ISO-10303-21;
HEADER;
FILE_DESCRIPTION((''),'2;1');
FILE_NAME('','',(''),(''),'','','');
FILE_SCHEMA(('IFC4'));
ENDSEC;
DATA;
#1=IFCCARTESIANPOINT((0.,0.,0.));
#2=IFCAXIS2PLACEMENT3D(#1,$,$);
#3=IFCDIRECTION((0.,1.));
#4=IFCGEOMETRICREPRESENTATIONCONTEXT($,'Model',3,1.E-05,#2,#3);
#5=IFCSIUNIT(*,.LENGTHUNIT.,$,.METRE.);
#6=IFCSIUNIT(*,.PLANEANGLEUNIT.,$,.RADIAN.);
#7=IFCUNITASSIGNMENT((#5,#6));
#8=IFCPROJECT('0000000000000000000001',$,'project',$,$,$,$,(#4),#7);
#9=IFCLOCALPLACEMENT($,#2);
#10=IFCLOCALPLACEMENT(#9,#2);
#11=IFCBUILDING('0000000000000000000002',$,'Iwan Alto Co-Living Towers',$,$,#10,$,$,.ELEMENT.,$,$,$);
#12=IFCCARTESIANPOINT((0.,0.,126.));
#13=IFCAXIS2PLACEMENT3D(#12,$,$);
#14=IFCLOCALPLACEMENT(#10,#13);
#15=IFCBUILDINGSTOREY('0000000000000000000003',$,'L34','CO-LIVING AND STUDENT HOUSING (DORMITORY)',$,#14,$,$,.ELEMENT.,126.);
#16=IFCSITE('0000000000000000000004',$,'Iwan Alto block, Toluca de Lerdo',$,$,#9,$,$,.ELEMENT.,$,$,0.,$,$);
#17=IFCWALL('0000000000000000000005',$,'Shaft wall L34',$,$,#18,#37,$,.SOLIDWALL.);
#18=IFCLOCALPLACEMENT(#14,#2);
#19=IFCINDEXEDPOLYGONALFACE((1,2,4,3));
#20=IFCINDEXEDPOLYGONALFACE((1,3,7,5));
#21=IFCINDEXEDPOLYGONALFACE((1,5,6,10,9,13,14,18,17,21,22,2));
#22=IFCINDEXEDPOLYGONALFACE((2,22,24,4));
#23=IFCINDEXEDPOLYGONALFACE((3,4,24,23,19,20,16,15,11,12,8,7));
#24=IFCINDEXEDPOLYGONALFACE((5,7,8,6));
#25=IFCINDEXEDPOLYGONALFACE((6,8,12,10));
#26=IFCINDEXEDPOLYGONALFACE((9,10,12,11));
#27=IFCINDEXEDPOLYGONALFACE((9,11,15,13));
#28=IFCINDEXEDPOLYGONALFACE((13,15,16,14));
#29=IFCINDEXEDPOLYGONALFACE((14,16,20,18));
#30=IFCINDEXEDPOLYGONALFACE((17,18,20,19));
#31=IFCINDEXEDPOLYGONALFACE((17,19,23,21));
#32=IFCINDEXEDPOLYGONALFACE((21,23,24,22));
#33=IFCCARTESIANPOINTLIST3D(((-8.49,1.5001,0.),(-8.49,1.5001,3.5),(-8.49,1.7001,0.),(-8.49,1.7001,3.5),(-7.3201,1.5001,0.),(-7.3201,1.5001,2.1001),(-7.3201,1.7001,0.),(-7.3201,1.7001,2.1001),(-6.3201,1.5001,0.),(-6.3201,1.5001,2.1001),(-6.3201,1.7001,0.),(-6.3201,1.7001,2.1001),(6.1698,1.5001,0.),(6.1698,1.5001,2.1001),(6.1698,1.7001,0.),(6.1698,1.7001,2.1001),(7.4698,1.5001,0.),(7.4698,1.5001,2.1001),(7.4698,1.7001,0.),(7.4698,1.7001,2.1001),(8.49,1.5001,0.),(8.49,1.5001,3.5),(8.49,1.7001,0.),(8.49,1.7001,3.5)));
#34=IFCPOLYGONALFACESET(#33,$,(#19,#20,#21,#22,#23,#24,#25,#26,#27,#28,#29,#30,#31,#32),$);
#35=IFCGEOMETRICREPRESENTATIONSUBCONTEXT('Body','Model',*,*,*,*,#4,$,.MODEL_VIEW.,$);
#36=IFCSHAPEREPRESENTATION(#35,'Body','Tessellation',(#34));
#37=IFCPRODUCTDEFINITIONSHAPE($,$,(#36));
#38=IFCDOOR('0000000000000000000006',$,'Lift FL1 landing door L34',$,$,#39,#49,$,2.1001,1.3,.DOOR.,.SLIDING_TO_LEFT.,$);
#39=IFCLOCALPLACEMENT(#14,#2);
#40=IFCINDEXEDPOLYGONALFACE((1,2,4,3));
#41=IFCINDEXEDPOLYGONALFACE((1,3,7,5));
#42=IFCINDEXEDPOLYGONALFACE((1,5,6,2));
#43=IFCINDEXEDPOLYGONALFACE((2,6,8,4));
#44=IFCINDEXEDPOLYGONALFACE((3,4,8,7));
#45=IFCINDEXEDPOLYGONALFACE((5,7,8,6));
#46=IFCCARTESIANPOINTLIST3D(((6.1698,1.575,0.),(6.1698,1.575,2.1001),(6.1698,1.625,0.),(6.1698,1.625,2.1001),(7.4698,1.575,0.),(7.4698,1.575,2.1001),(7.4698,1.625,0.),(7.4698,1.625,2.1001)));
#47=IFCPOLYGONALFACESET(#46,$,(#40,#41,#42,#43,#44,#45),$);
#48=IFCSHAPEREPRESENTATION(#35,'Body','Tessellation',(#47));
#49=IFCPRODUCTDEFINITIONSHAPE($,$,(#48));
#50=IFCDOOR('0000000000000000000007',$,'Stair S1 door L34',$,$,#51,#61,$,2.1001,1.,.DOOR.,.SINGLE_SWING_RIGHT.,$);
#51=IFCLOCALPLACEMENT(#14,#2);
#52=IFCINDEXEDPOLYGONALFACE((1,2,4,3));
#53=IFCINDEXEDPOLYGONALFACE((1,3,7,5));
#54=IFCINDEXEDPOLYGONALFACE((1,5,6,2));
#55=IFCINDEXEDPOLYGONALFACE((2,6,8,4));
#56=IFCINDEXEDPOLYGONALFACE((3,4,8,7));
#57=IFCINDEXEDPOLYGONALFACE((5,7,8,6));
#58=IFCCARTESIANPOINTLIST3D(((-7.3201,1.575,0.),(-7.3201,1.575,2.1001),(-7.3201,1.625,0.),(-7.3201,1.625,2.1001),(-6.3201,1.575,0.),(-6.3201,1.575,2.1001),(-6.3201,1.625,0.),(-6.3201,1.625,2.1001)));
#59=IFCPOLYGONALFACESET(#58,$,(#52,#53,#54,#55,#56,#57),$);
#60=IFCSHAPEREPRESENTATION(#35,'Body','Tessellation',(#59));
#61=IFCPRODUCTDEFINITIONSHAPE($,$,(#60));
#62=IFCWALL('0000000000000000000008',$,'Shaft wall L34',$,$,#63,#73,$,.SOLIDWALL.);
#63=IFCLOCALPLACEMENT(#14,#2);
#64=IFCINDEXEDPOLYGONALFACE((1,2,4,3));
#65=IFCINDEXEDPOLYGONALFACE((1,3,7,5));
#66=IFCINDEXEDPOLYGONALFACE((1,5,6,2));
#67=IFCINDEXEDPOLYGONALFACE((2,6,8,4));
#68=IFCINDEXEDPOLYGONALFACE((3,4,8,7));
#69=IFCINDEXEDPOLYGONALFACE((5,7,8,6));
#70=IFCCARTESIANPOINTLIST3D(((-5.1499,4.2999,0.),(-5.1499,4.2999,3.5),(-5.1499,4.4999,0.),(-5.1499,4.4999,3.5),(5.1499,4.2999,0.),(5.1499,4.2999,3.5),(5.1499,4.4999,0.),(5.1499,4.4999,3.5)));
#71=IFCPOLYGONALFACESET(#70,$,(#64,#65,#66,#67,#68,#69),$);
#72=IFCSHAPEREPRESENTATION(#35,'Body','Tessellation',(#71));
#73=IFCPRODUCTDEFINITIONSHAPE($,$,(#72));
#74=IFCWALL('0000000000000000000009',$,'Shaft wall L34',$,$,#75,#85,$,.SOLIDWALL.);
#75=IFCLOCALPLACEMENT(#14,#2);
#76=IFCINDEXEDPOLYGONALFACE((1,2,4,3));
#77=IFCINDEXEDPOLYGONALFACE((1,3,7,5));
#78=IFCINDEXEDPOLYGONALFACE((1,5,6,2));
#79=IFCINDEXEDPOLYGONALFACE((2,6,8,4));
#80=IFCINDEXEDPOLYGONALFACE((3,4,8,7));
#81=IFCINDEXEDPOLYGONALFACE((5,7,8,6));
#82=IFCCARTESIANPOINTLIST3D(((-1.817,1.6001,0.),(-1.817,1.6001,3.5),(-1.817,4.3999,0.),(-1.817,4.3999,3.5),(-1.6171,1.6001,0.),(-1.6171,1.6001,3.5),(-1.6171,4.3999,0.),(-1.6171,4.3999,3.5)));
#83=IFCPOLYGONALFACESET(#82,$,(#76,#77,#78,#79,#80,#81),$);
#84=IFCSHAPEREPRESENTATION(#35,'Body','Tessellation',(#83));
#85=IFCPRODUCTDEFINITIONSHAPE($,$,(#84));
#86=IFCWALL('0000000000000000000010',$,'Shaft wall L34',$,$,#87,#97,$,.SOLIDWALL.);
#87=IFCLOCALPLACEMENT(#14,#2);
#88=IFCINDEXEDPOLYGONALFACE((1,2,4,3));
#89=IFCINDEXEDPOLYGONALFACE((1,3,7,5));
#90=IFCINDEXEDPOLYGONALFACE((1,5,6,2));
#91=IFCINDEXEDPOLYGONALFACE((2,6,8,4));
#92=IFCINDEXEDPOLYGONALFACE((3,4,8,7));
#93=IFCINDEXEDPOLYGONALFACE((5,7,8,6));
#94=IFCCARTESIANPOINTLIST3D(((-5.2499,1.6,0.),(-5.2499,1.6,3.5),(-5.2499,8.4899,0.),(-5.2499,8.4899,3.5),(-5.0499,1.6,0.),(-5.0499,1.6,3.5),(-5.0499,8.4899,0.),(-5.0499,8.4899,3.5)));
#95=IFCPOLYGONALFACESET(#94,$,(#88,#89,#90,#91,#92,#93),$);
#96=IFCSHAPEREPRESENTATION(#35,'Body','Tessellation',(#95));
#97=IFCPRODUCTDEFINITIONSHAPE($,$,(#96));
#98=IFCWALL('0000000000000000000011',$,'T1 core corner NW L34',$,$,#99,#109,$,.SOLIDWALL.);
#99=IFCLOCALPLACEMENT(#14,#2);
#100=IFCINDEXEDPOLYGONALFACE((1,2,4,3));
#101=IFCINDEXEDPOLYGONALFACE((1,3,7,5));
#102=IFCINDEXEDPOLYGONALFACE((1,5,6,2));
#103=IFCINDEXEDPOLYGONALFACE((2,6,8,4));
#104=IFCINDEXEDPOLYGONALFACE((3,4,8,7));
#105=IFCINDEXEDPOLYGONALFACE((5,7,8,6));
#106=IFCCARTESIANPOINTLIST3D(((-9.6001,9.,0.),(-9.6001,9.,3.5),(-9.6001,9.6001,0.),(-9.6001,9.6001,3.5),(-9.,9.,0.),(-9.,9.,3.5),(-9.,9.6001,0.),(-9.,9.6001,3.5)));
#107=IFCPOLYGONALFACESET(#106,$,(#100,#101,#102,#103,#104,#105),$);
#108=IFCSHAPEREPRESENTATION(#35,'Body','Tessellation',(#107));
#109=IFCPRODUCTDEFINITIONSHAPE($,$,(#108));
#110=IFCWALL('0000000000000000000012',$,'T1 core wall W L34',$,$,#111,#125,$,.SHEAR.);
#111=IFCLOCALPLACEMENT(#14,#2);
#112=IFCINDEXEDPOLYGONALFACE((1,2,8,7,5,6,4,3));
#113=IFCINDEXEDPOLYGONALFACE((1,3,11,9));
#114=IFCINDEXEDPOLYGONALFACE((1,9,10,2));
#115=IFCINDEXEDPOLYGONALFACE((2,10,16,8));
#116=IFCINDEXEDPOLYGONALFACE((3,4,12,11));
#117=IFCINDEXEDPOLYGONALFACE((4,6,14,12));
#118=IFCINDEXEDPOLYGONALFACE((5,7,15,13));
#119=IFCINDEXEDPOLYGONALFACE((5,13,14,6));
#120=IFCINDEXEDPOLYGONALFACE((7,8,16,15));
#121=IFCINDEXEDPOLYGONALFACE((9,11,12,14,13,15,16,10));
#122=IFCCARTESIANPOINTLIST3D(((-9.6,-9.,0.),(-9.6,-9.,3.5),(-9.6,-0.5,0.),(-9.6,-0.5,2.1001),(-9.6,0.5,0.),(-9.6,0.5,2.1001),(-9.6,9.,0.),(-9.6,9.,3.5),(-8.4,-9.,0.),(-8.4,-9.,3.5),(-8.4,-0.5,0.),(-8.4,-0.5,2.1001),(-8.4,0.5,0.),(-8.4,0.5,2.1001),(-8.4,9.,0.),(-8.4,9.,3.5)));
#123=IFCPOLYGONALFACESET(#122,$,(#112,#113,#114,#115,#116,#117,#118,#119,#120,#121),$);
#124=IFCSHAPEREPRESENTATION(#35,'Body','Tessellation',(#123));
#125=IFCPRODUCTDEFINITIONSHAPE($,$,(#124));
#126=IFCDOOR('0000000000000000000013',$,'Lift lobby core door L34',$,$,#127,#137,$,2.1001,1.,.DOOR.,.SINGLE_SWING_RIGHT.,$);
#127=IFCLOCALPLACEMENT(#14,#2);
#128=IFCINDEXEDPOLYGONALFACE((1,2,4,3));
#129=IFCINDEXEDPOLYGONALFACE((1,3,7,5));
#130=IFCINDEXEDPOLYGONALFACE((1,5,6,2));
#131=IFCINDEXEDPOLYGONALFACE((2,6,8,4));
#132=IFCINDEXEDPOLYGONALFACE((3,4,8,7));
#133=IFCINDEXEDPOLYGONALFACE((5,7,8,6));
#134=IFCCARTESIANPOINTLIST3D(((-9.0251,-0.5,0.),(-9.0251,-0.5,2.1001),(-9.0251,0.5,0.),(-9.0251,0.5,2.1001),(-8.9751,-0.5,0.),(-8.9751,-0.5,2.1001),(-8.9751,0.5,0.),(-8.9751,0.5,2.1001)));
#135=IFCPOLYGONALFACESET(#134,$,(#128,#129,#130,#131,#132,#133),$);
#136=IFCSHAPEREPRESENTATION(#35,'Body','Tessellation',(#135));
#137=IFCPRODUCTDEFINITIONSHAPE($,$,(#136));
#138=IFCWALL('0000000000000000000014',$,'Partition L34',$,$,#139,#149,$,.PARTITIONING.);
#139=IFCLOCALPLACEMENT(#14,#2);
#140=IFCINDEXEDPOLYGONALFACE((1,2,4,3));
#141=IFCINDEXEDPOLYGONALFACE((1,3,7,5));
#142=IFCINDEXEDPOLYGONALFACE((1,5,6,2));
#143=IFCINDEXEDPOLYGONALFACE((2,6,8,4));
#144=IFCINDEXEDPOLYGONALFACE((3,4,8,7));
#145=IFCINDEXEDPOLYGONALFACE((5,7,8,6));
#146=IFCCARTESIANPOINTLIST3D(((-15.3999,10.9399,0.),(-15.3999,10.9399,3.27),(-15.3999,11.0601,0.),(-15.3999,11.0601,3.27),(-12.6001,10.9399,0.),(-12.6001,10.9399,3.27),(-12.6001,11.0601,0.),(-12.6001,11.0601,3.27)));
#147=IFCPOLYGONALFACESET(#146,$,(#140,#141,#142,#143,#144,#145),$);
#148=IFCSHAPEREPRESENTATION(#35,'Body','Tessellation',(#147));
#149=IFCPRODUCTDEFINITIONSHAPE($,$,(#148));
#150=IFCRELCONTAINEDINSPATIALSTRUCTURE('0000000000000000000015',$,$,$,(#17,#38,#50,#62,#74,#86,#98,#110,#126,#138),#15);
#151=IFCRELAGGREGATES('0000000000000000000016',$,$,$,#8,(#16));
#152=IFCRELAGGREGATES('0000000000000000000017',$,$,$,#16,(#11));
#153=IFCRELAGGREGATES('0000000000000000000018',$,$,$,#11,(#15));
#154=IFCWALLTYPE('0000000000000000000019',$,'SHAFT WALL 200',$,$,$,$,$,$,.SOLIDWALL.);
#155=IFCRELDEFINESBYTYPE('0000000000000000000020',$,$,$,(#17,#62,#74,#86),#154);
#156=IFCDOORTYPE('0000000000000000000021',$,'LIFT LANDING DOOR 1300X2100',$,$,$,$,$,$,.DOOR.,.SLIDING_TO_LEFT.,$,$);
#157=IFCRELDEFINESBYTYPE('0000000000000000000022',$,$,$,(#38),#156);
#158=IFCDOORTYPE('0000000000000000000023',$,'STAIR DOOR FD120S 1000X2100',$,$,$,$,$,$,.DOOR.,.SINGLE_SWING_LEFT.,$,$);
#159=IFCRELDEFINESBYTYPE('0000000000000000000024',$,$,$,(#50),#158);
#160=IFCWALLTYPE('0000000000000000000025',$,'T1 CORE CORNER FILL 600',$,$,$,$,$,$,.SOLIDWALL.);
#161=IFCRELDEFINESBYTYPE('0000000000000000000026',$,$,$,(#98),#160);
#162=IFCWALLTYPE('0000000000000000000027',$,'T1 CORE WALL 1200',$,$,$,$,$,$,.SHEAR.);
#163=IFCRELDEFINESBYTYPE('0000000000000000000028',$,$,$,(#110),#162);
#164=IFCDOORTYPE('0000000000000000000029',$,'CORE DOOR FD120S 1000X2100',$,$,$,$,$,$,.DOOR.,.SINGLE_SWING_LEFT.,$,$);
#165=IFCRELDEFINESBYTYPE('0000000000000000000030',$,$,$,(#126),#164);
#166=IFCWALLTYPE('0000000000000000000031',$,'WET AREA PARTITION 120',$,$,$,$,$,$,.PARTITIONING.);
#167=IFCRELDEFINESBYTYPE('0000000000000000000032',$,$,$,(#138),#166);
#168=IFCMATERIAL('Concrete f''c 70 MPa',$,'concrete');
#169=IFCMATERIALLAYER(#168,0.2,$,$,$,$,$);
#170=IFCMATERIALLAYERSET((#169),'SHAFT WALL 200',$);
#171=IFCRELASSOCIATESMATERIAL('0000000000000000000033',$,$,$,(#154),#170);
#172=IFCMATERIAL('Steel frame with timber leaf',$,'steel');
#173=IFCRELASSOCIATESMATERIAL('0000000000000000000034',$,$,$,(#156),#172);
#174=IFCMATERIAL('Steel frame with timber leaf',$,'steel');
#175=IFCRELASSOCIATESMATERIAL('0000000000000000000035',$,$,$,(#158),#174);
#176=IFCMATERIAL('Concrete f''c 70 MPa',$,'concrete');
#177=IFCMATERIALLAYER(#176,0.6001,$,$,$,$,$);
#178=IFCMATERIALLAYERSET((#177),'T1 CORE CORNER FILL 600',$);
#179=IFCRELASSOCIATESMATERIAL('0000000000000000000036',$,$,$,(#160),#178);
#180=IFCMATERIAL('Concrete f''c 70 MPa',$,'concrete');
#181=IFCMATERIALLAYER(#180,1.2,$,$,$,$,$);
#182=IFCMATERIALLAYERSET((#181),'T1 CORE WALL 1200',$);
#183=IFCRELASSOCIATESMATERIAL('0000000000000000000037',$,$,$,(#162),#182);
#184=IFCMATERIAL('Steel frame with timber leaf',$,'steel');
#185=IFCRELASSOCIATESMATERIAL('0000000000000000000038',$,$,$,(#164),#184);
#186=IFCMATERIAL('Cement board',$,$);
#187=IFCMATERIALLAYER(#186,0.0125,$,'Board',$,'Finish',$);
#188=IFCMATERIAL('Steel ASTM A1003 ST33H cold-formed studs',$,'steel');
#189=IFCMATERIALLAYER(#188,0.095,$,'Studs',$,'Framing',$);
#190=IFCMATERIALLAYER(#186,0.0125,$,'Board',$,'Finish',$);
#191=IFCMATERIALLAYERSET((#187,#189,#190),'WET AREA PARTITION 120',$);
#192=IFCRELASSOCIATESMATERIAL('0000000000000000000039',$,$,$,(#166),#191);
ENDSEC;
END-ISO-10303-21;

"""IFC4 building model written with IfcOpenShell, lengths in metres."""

from ifc_helpers import new_model, si_unit, direction, frame, frame_2d, origin, place, context, subcontext, project, spatial, rectangle, extrude, material, layer, layer_set, type_object, element, fill, save


model = new_model("IFC4")

# Units and contexts
model_context = context("Model", 3, precision=1e-05, world=origin(), true_north=direction((0.0, 1.0)))
body_context = subcontext(model_context, "Body", "Model", "MODEL_VIEW")
ifc_project = project(units=[si_unit("LENGTHUNIT", "METRE"), si_unit("PLANEANGLEUNIT", "RADIAN")], contexts=[model_context])

# Site, building, storey
site_placement = place(None, origin())
site = spatial("IfcSite", under=ifc_project, at=site_placement, Name="Iwan Alto block, Toluca de Lerdo", CompositionType="ELEMENT", RefElevation=0.0)
building_placement = place(site_placement, origin())
building = spatial("IfcBuilding", under=site, at=building_placement, Name="Iwan Alto Co-Living Towers", CompositionType="ELEMENT")
storey_placement = place(building_placement, frame((0.0, 0.0, 126.0)))
storey = spatial("IfcBuildingStorey", under=building, at=storey_placement, Name="L34", Description="CO-LIVING AND STUDENT HOUSING (DORMITORY)", CompositionType="ELEMENT", Elevation=126.0)

# Shared definitions
ifc_material_1 = material(Name="Steel ASTM A1003 ST33H cold-formed studs", Category="steel")

# Wall, openings, doors
ifc_material_2 = material(Name="Concrete f'c 70 MPa", Category="concrete")
ifc_layer_1 = layer(ifc_material_2, 0.2)
ifc_layer_set_1 = layer_set([ifc_layer_1], Name="SHAFT WALL 200")
wall_type_1 = type_object("IfcWallType", Name="SHAFT WALL 200", PredefinedType="SOLIDWALL", material=ifc_layer_set_1)
wall_1_placement = place(storey_placement, frame((-8.49, 1.6001, 0.0), z_axis=(0.0, 0.0, 1.0), x_axis=(1.0, 0.0, 0.0)))
wall_1 = element("IfcWall", 1, at=wall_1_placement, inside=storey, type_object=wall_type_1, Name="Shaft wall L34", PredefinedType="SOLIDWALL", context=body_context, shape_type="SweptSolid", body=[
    extrude(rectangle(XDim=16.98, YDim=0.2, at=frame_2d((8.49, 0.0))), origin(), (0.0, 0.0, 1.0), 3.5),
])
opening_1_placement = place(wall_1_placement, frame((1.1699, 0.0, 0.0)))
opening_1 = element("IfcOpeningElement", 2, at=opening_1_placement, cuts=wall_1, PredefinedType="OPENING", context=body_context, shape_type="SweptSolid", body=[
    extrude(rectangle(XDim=1.0, YDim=2.1001, at=frame_2d((0.5, 1.05))), frame((0.0, 0.1099, 0.0), z_axis=(0.0, -1.0, 0.0), x_axis=(1.0, 0.0, 0.0)), (0.0, 0.0, 1.0), 0.22),
])
opening_2_placement = place(wall_1_placement, frame((14.6599, 0.0, 0.0)))
opening_2 = element("IfcOpeningElement", 3, at=opening_2_placement, cuts=wall_1, PredefinedType="OPENING", context=body_context, shape_type="SweptSolid", body=[
    extrude(rectangle(XDim=1.3, YDim=2.1001, at=frame_2d((0.6499, 1.05))), frame((0.0, 0.1099, 0.0), z_axis=(0.0, -1.0, 0.0), x_axis=(1.0, 0.0, 0.0)), (0.0, 0.0, 1.0), 0.22),
])
ifc_material_3 = material(Name="Steel frame with timber leaf", Category="steel")
door_type_1 = type_object("IfcDoorType", Name="LIFT LANDING DOOR 1300X2100", OperationType="SLIDING_TO_LEFT", PredefinedType="DOOR", material=ifc_material_3)
door_1_placement = place(opening_2_placement, origin())
door_1 = element("IfcDoor", 4, at=door_1_placement, inside=storey, type_object=door_type_1, Name="Lift FL1 landing door L34", OperationType="SLIDING_TO_LEFT", OverallHeight=2.1001, OverallWidth=1.3, PredefinedType="DOOR", context=body_context, shape_type="SweptSolid", body=[
    extrude(rectangle(XDim=1.3, YDim=2.1001, at=frame_2d((0.6499, 1.05))), frame((0.0, 0.0249, 0.0), z_axis=(0.0, -1.0, 0.0), x_axis=(1.0, 0.0, 0.0)), (0.0, 0.0, 1.0), 0.05),
])
fill(opening_2, door_1)
ifc_material_4 = material(Name="Steel frame with timber leaf", Category="steel")
door_type_2 = type_object("IfcDoorType", Name="STAIR DOOR FD120S 1000X2100", OperationType="SINGLE_SWING_LEFT", PredefinedType="DOOR", material=ifc_material_4)
door_2_placement = place(opening_1_placement, origin())
door_2 = element("IfcDoor", 5, at=door_2_placement, inside=storey, type_object=door_type_2, Name="Stair S1 door L34", OperationType="SINGLE_SWING_RIGHT", OverallHeight=2.1001, OverallWidth=1.0, PredefinedType="DOOR", context=body_context, shape_type="SweptSolid", body=[
    extrude(rectangle(XDim=1.0, YDim=2.1001, at=frame_2d((0.5, 1.05))), frame((0.0, 0.0249, 0.0), z_axis=(0.0, -1.0, 0.0), x_axis=(1.0, 0.0, 0.0)), (0.0, 0.0, 1.0), 0.05),
])
fill(opening_1, door_2)

# Walls
wall_2_placement = place(storey_placement, frame((-5.1499, 4.3999, 0.0), z_axis=(0.0, 0.0, 1.0), x_axis=(1.0, 0.0, 0.0)))
element("IfcWall", 6, at=wall_2_placement, inside=storey, type_object=wall_type_1, Name="Shaft wall L34", PredefinedType="SOLIDWALL", context=body_context, shape_type="SweptSolid", body=[
    extrude(rectangle(XDim=10.2998, YDim=0.2, at=frame_2d((5.1499, 0.0))), origin(), (0.0, 0.0, 1.0), 3.5),
])
wall_3_placement = place(storey_placement, frame((-1.717, 1.6001, 0.0), z_axis=(0.0, 0.0, 1.0), x_axis=(0.0, 1.0, 0.0)))
element("IfcWall", 7, at=wall_3_placement, inside=storey, type_object=wall_type_1, Name="Shaft wall L34", PredefinedType="SOLIDWALL", context=body_context, shape_type="SweptSolid", body=[
    extrude(rectangle(XDim=2.7998, YDim=0.2, at=frame_2d((1.3999, 0.0))), origin(), (0.0, 0.0, 1.0), 3.5),
])
wall_4_placement = place(storey_placement, frame((-5.1499, 1.6001, 0.0), z_axis=(0.0, 0.0, 1.0), x_axis=(0.0, 1.0, 0.0)))
element("IfcWall", 8, at=wall_4_placement, inside=storey, type_object=wall_type_1, Name="Shaft wall L34", PredefinedType="SOLIDWALL", context=body_context, shape_type="SweptSolid", body=[
    extrude(rectangle(XDim=6.8899, YDim=0.2, at=frame_2d((3.4448, 0.0))), origin(), (0.0, 0.0, 1.0), 3.5),
])
ifc_material_5 = material(Name="Concrete f'c 70 MPa", Category="concrete")
ifc_layer_2 = layer(ifc_material_5, 0.6001)
ifc_layer_set_2 = layer_set([ifc_layer_2], Name="T1 CORE CORNER FILL 600")
wall_type_2 = type_object("IfcWallType", Name="T1 CORE CORNER FILL 600", PredefinedType="SOLIDWALL", material=ifc_layer_set_2)
wall_5_placement = place(storey_placement, frame((-9.6001, 9.3, 0.0), z_axis=(0.0, 0.0, 1.0), x_axis=(1.0, 0.0, 0.0)))
element("IfcWall", 9, at=wall_5_placement, inside=storey, type_object=wall_type_2, Name="T1 core corner NW L34", PredefinedType="SOLIDWALL", context=body_context, shape_type="SweptSolid", body=[
    extrude(rectangle(XDim=0.6001, YDim=0.6001, at=frame_2d((0.3, 0.0))), origin(), (0.0, 0.0, 1.0), 3.5),
])

# Wall, opening, door
ifc_material_6 = material(Name="Concrete f'c 70 MPa", Category="concrete")
ifc_layer_3 = layer(ifc_material_6, 1.2)
ifc_layer_set_3 = layer_set([ifc_layer_3], Name="T1 CORE WALL 1200")
wall_type_3 = type_object("IfcWallType", Name="T1 CORE WALL 1200", PredefinedType="SHEAR", material=ifc_layer_set_3)
wall_6_placement = place(storey_placement, frame((-9.0, 9.0, 0.0), z_axis=(0.0, 0.0, 1.0), x_axis=(0.0, -1.0, 0.0)))
wall_6 = element("IfcWall", 10, at=wall_6_placement, inside=storey, type_object=wall_type_3, Name="T1 core wall W L34", PredefinedType="SHEAR", context=body_context, shape_type="SweptSolid", body=[
    extrude(rectangle(XDim=18.0, YDim=1.2, at=frame_2d((9.0, 0.0))), origin(), (0.0, 0.0, 1.0), 3.5),
])
opening_3_placement = place(wall_6_placement, frame((8.5, 0.0, 0.0)))
opening_3 = element("IfcOpeningElement", 11, at=opening_3_placement, cuts=wall_6, PredefinedType="OPENING", context=body_context, shape_type="SweptSolid", body=[
    extrude(rectangle(XDim=1.0, YDim=2.1001, at=frame_2d((0.5, 1.05))), frame((0.0, 0.6099, 0.0), z_axis=(0.0, -1.0, 0.0), x_axis=(1.0, 0.0, 0.0)), (0.0, 0.0, 1.0), 1.22),
])
ifc_material_7 = material(Name="Steel frame with timber leaf", Category="steel")
door_type_3 = type_object("IfcDoorType", Name="CORE DOOR FD120S 1000X2100", OperationType="SINGLE_SWING_LEFT", PredefinedType="DOOR", material=ifc_material_7)
door_3_placement = place(opening_3_placement, origin())
door_3 = element("IfcDoor", 12, at=door_3_placement, inside=storey, type_object=door_type_3, Name="Lift lobby core door L34", OperationType="SINGLE_SWING_RIGHT", OverallHeight=2.1001, OverallWidth=1.0, PredefinedType="DOOR", context=body_context, shape_type="SweptSolid", body=[
    extrude(rectangle(XDim=1.0, YDim=2.1001, at=frame_2d((0.5, 1.05))), frame((0.0, 0.0249, 0.0), z_axis=(0.0, -1.0, 0.0), x_axis=(1.0, 0.0, 0.0)), (0.0, 0.0, 1.0), 0.05),
])
fill(opening_3, door_3)

# Wall
ifc_material_8 = material(Name="Cement board")
ifc_layer_4 = layer(ifc_material_8, 0.0125, Name="Board", Category="Finish")
ifc_layer_5 = layer(ifc_material_1, 0.095, Name="Studs", Category="Framing")
ifc_layer_6 = layer(ifc_material_8, 0.0125, Name="Board", Category="Finish")
ifc_layer_set_4 = layer_set([ifc_layer_4, ifc_layer_5, ifc_layer_6], Name="WET AREA PARTITION 120")
wall_type_4 = type_object("IfcWallType", Name="WET AREA PARTITION 120", PredefinedType="PARTITIONING", material=ifc_layer_set_4)
wall_7_placement = place(storey_placement, frame((-15.3999, 11.0, 0.0), z_axis=(0.0, 0.0, 1.0), x_axis=(1.0, 0.0, 0.0)))
element("IfcWall", 13, at=wall_7_placement, inside=storey, type_object=wall_type_4, Name="Partition L34", PredefinedType="PARTITIONING", context=body_context, shape_type="SweptSolid", body=[
    extrude(rectangle(XDim=2.7998, YDim=0.1201, at=frame_2d((1.3999, 0.0))), origin(), (0.0, 0.0, 1.0), 3.27),
])

save(model, "model.ifc")
